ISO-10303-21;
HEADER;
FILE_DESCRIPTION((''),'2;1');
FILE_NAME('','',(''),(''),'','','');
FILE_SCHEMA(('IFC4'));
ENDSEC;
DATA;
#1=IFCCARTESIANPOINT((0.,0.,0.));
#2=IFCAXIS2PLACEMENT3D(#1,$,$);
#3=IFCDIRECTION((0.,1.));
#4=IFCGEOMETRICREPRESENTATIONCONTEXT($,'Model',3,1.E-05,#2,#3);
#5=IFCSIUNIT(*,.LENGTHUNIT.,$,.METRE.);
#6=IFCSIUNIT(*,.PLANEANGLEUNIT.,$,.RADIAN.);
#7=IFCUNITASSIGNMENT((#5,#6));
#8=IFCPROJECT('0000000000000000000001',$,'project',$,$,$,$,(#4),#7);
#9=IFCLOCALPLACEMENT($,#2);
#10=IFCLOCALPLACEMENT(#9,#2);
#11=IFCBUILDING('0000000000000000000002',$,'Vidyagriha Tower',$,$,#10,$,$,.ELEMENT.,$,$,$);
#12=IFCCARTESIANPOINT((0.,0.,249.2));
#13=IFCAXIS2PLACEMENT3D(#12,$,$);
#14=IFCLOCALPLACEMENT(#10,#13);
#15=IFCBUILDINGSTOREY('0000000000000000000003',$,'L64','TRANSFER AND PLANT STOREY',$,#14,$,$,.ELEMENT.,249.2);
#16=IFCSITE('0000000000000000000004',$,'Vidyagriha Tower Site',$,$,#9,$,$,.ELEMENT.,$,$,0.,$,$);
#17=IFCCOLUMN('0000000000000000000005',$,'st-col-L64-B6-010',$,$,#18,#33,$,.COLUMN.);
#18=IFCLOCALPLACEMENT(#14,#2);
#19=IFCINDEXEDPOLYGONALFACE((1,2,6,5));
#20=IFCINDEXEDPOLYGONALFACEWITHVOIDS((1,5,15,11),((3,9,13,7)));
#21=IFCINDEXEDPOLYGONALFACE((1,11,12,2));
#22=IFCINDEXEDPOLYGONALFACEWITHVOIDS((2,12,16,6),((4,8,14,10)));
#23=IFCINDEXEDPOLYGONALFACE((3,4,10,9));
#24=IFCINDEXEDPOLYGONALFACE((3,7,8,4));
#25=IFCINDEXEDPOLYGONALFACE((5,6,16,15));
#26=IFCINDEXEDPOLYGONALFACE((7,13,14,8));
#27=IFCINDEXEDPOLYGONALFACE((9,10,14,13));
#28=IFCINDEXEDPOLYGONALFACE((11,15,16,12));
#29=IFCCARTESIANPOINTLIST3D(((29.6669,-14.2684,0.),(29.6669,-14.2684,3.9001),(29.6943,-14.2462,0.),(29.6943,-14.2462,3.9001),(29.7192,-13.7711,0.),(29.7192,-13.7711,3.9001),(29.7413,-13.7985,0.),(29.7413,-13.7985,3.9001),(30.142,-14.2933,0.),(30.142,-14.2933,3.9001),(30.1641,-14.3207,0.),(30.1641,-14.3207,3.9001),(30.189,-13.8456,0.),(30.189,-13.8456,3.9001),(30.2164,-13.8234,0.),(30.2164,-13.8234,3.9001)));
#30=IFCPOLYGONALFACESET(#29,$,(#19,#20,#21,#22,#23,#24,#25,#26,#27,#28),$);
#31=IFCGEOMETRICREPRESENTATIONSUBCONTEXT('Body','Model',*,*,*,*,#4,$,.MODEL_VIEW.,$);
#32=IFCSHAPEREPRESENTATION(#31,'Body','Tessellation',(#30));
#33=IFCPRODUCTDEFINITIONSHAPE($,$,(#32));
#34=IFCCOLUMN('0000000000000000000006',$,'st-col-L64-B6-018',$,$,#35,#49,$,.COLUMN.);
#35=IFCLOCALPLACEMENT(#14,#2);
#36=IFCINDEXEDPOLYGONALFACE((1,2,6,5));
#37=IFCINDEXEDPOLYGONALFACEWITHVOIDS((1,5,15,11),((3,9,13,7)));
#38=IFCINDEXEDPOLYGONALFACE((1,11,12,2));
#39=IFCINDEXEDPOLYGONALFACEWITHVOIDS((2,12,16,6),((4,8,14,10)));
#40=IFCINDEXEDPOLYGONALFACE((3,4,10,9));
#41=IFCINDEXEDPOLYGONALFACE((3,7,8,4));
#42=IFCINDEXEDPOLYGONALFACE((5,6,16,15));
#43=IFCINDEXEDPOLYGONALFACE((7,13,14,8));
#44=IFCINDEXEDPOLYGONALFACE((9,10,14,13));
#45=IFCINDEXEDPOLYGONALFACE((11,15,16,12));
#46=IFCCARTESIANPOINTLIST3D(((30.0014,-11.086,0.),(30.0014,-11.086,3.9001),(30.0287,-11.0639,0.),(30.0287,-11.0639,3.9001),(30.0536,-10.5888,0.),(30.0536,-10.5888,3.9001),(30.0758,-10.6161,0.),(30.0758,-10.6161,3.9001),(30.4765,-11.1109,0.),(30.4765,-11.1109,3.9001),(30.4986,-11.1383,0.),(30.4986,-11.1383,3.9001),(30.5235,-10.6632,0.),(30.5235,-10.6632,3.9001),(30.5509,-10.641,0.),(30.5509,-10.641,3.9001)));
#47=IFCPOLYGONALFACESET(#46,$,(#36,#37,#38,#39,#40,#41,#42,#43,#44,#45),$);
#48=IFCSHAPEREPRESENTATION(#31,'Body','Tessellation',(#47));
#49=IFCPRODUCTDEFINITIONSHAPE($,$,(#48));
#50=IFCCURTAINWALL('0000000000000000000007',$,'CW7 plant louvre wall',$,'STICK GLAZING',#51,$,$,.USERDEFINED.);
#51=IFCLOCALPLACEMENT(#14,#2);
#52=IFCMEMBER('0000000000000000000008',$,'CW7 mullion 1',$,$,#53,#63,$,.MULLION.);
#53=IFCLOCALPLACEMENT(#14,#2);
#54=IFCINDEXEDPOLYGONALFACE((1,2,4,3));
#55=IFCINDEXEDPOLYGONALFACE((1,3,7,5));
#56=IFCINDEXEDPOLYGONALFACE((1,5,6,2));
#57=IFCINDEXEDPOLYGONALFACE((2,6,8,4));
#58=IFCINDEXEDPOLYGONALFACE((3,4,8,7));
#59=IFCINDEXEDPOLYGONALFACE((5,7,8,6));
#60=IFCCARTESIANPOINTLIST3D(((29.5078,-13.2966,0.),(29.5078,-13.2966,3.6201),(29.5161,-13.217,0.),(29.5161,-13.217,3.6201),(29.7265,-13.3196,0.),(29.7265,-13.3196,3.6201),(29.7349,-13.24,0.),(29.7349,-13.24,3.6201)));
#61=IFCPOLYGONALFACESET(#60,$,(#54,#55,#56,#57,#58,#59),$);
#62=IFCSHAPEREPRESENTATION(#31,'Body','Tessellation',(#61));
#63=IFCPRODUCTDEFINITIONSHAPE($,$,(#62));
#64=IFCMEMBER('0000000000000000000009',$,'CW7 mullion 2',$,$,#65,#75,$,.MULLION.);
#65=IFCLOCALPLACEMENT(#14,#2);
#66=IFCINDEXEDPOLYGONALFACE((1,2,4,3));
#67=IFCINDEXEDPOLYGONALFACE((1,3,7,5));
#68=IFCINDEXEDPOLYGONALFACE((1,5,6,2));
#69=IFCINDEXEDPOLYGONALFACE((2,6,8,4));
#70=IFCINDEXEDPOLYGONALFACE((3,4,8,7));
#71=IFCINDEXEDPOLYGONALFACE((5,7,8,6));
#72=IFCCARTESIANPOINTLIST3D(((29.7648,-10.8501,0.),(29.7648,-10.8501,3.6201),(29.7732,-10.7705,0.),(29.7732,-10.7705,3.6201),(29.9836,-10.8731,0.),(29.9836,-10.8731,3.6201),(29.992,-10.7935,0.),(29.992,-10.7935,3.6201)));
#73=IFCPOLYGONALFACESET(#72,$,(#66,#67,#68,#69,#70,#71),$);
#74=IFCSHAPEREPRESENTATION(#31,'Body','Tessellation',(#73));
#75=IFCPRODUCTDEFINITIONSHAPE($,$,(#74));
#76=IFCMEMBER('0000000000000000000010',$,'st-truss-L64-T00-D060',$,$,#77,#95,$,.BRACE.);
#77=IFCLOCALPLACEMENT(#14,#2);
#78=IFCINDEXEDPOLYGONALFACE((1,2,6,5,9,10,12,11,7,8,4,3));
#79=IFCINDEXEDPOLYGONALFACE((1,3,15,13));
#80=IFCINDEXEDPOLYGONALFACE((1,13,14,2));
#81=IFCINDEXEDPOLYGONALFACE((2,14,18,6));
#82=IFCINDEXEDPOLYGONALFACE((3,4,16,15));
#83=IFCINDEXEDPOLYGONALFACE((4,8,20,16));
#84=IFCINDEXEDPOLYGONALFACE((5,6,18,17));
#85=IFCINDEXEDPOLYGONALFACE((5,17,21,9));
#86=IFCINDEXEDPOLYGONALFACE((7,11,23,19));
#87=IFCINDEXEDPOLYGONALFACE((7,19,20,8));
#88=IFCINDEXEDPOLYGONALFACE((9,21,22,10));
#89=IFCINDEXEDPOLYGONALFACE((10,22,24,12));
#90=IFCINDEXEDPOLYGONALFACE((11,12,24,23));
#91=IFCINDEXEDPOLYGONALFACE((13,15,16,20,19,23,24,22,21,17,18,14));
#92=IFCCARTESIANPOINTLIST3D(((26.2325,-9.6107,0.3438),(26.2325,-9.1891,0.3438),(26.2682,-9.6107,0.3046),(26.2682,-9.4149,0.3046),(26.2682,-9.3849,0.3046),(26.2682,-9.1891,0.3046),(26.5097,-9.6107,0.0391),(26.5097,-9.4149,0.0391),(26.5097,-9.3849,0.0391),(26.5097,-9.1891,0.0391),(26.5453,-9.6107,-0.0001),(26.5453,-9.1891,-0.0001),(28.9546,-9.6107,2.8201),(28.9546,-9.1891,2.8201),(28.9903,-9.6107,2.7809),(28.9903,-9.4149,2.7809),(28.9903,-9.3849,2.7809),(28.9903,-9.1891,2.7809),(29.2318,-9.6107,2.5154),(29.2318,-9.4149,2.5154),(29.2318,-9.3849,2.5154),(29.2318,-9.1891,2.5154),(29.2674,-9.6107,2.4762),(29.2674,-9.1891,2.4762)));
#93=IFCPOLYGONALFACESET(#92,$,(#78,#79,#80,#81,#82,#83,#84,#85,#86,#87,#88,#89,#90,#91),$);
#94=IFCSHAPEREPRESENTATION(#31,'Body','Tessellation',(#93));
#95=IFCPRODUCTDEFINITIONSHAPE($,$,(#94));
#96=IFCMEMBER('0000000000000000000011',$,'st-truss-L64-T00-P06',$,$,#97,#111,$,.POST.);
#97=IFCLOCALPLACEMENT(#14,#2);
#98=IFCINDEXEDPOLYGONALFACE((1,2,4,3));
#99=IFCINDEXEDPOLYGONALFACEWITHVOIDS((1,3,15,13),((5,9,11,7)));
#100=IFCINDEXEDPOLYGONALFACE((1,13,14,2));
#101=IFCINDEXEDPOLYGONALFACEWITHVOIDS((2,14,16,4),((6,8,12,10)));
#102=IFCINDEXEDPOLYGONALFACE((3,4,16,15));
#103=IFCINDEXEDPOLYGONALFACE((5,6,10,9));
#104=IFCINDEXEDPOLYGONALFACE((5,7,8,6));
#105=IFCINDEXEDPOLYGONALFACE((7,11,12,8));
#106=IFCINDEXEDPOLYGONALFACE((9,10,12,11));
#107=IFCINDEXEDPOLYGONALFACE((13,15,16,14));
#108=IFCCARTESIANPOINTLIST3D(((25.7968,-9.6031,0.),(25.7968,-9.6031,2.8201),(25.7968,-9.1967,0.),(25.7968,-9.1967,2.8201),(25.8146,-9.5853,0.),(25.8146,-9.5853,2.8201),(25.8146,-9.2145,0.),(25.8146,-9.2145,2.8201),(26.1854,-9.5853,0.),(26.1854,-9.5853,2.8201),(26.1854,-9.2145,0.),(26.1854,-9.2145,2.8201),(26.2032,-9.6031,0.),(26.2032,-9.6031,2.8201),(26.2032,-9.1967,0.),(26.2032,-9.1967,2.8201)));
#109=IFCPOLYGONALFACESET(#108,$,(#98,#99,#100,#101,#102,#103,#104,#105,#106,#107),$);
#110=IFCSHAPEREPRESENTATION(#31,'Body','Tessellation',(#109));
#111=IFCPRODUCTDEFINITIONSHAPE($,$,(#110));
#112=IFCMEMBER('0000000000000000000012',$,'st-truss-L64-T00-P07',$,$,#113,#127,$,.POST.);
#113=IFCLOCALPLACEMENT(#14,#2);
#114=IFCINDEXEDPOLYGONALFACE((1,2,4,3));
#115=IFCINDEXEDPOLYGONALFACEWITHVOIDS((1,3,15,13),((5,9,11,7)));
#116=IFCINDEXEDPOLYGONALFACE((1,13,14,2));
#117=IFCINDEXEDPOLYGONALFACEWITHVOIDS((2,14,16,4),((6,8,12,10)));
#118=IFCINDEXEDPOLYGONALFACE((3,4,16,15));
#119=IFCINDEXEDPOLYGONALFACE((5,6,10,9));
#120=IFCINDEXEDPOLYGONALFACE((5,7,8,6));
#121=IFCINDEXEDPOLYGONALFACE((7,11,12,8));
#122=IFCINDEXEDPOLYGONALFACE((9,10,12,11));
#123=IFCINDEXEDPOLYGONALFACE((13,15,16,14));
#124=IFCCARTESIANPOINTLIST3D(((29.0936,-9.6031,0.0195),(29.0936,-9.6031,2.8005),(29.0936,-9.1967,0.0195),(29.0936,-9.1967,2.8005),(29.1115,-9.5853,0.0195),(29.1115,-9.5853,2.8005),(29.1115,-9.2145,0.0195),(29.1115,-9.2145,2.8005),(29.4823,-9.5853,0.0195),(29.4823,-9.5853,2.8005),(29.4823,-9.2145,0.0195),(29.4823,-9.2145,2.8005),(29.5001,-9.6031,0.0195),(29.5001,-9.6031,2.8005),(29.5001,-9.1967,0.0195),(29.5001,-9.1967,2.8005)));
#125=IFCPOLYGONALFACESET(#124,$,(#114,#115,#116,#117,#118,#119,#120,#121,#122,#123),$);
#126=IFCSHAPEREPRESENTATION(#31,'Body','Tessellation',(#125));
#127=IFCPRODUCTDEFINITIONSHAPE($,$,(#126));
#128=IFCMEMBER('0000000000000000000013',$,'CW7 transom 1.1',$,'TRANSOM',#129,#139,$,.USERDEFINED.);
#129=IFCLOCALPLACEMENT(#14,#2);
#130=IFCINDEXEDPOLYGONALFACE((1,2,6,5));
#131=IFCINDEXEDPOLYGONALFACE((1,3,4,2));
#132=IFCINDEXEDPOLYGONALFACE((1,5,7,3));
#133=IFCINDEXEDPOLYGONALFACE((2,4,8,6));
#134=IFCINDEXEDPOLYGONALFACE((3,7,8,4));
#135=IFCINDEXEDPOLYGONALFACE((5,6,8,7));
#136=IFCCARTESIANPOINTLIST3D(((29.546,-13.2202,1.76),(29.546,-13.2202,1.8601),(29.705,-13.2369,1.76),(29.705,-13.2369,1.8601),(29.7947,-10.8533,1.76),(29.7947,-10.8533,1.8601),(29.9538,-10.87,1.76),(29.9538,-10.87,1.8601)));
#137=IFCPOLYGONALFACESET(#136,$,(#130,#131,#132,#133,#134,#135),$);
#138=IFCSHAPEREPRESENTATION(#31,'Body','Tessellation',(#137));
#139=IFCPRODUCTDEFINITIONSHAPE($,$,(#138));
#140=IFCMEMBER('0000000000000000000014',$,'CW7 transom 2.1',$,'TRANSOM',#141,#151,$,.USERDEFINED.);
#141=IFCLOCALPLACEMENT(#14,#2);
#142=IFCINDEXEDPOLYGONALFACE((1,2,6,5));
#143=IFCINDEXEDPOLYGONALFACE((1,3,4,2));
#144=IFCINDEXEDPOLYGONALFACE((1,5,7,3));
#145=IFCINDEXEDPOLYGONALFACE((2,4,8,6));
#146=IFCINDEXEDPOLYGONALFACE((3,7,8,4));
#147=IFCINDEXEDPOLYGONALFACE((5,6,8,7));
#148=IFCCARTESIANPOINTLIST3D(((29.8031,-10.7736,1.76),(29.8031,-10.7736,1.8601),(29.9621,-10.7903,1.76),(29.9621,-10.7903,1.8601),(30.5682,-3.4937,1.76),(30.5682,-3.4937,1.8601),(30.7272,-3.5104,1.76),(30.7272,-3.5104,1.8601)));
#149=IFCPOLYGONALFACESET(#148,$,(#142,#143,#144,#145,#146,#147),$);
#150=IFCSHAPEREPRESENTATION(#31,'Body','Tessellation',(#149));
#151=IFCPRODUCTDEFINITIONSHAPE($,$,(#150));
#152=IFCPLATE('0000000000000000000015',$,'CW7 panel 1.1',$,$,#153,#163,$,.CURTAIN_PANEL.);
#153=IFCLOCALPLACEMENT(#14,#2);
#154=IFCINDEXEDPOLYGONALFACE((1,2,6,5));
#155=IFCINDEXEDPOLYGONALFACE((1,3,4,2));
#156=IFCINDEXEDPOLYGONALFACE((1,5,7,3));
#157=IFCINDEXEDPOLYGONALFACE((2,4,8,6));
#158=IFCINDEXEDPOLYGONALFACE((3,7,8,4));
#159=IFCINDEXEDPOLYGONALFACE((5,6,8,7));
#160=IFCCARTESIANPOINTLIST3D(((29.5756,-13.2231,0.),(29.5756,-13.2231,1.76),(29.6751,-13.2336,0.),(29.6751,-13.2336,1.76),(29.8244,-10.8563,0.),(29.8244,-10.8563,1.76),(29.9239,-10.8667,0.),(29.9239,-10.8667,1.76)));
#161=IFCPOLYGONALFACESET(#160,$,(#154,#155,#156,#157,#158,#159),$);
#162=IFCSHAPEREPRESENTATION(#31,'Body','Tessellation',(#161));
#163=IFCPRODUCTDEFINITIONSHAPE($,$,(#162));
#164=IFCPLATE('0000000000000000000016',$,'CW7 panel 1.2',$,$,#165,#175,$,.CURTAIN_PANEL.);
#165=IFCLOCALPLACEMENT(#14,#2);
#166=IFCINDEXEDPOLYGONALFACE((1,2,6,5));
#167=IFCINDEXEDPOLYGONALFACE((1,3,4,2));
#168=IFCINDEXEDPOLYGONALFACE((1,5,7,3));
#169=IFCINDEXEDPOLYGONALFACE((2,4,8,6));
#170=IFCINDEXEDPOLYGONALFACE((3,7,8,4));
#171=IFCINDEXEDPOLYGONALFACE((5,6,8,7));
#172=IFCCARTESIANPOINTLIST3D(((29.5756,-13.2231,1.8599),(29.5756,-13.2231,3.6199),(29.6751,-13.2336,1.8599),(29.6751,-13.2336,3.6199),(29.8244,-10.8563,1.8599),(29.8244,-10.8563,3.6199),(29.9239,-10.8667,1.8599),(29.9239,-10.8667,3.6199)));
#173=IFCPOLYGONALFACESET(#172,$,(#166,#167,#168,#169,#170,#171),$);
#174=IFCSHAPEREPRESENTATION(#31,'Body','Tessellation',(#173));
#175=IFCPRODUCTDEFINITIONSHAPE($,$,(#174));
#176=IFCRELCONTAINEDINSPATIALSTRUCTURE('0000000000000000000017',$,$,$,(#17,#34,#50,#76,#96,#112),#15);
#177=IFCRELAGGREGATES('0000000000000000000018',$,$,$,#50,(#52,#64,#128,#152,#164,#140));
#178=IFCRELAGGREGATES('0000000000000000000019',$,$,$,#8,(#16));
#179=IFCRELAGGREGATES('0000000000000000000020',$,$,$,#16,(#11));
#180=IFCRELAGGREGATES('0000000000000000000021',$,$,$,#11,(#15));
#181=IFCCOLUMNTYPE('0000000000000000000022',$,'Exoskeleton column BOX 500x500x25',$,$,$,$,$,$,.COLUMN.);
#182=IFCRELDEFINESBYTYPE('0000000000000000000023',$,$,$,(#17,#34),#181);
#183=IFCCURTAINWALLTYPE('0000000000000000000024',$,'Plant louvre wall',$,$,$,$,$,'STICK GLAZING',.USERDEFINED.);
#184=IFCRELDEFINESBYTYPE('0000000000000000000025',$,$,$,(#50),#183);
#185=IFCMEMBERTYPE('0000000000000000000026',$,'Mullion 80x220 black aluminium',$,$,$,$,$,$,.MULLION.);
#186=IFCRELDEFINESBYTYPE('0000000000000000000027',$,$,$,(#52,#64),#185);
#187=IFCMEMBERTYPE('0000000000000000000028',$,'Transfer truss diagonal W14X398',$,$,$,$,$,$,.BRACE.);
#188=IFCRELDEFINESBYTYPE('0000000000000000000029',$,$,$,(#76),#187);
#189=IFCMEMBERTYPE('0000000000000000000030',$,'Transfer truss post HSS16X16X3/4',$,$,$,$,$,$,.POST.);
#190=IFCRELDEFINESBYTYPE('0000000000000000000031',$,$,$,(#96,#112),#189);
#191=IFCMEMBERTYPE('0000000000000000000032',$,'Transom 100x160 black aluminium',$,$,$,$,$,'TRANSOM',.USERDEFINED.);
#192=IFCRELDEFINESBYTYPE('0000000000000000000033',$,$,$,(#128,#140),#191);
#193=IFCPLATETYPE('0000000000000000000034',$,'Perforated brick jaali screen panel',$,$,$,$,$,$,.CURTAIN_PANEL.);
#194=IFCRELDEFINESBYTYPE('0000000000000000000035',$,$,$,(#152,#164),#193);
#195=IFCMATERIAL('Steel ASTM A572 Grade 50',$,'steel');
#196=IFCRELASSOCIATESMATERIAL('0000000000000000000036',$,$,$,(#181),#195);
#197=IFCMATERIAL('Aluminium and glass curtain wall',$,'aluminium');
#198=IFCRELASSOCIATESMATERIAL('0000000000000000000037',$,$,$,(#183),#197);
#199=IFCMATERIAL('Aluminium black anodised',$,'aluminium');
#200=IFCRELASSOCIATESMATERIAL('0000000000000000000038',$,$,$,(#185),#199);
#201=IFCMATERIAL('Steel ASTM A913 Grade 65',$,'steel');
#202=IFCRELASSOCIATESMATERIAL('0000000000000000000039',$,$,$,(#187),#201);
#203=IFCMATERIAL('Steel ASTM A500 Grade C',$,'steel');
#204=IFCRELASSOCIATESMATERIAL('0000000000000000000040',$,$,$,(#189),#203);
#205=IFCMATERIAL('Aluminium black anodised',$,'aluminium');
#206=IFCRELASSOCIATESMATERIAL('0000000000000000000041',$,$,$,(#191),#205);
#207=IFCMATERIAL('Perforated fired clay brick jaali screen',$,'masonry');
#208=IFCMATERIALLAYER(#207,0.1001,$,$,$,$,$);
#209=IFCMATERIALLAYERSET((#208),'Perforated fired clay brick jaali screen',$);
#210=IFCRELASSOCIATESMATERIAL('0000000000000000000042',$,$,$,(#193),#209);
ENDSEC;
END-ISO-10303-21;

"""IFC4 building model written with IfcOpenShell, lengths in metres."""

from ifc_helpers import new_model, si_unit, direction, frame, origin, origin_2d, place, context, subcontext, project, spatial, rectangle, hollow_rectangle, i_section, extrude, material, layer, layer_set, material_profile, profile_set, type_object, element, aggregate, save


model = new_model("IFC4")

# Units and contexts
model_context = context("Model", 3, precision=1e-05, world=origin(), true_north=direction((0.0, 1.0)))
body_context = subcontext(model_context, "Body", "Model", "MODEL_VIEW")
ifc_project = project(units=[si_unit("LENGTHUNIT", "METRE"), si_unit("PLANEANGLEUNIT", "RADIAN")], contexts=[model_context])

# Site, building, storey
site_placement = place(None, origin())
site = spatial("IfcSite", under=ifc_project, at=site_placement, Name="Vidyagriha Tower Site", CompositionType="ELEMENT", RefElevation=0.0)
building_placement = place(site_placement, origin())
building = spatial("IfcBuilding", under=site, at=building_placement, Name="Vidyagriha Tower", CompositionType="ELEMENT")
storey_placement = place(building_placement, frame((0.0, 0.0, 249.2)))
storey = spatial("IfcBuildingStorey", under=building, at=storey_placement, Name="L64", Description="TRANSFER AND PLANT STOREY", CompositionType="ELEMENT", Elevation=249.2)

# Columns
ifc_material_1 = material(Name="Steel ASTM A572 Grade 50", Category="steel")
ifc_material_profile_1 = material_profile(ifc_material_1, hollow_rectangle(XDim=0.5, YDim=0.5, WallThickness=0.0249, at=origin_2d()), Name="BOX 500x500x25")
ifc_profile_set_1 = profile_set([ifc_material_profile_1], Name="Steel ASTM A572 Grade 50")
column_type = type_object("IfcColumnType", Name="Exoskeleton column BOX 500x500x25", PredefinedType="COLUMN", material=ifc_profile_set_1)
for number, where, z_axis, x_axis, name in (
    (1, (29.9417, -14.0459, 0.0), (0.0, 0.0, 1.0), (0.994522, -0.104528, 0.0), "st-col-L64-B6-010"),
    (2, (30.2761, -10.8635, 0.0), (0.0, 0.0, 1.0), (0.994522, -0.104528, 0.0), "st-col-L64-B6-018"),
):
    element("IfcColumn", number, at=place(storey_placement, frame(where, z_axis=z_axis, x_axis=x_axis)), inside=storey, type_object=column_type, Name=name, PredefinedType="COLUMN", context=body_context, shape_type="SweptSolid", body=[
        extrude(hollow_rectangle(XDim=0.5, YDim=0.5, WallThickness=0.0249, at=origin_2d()), origin(), (0.0, 0.0, 1.0), 3.9001),
    ])

# Curtain wall, members
ifc_material_2 = material(Name="Aluminium and glass curtain wall", Category="aluminium")
curtain_wall_type = type_object("IfcCurtainWallType", Name="Plant louvre wall", ElementType="STICK GLAZING", PredefinedType="USERDEFINED", material=ifc_material_2)
curtain_wall_placement = place(storey_placement, origin())
curtain_wall = element("IfcCurtainWall", 3, at=curtain_wall_placement, inside=storey, type_object=curtain_wall_type, Name="CW7 plant louvre wall", ObjectType="STICK GLAZING", PredefinedType="USERDEFINED")
ifc_material_3 = material(Name="Aluminium black anodised", Category="aluminium")
ifc_material_profile_2 = material_profile(ifc_material_3, rectangle(XDim=0.22, YDim=0.0801, at=origin_2d()), Name="Mullion 80x220 black aluminium")
ifc_profile_set_2 = profile_set([ifc_material_profile_2], Name="Aluminium black anodised")
member_type_1 = type_object("IfcMemberType", Name="Mullion 80x220 black aluminium", PredefinedType="MULLION", material=ifc_profile_set_2)
member_1_placement = place(storey_placement, frame((29.6213, -13.2683, 0.0), z_axis=(0.0, 0.0, 1.0), x_axis=(-0.994522, 0.104527, 0.0)))
member_1 = element("IfcMember", 4, at=member_1_placement, type_object=member_type_1, Name="CW7 mullion 1", PredefinedType="MULLION", context=body_context, shape_type="SweptSolid", body=[
    extrude(rectangle(XDim=0.22, YDim=0.0801, at=origin_2d()), origin(), (0.0, 0.0, 1.0), 3.6201),
])
member_2_placement = place(storey_placement, frame((29.8784, -10.8218, 0.0), z_axis=(0.0, 0.0, 1.0), x_axis=(-0.994522, 0.104527, 0.0)))
member_2 = element("IfcMember", 5, at=member_2_placement, type_object=member_type_1, Name="CW7 mullion 2", PredefinedType="MULLION", context=body_context, shape_type="SweptSolid", body=[
    extrude(rectangle(XDim=0.22, YDim=0.0801, at=origin_2d()), origin(), (0.0, 0.0, 1.0), 3.6201),
])

# Members
ifc_material_4 = material(Name="Steel ASTM A913 Grade 65", Category="steel")
ifc_material_profile_3 = material_profile(ifc_material_4, i_section(OverallWidth=0.4216, OverallDepth=0.4648, WebThickness=0.03, FlangeThickness=0.053, at=origin_2d()), Name="W14X398")
ifc_profile_set_3 = profile_set([ifc_material_profile_3], Name="Steel ASTM A913 Grade 65")
member_type_2 = type_object("IfcMemberType", Name="Transfer truss diagonal W14X398", PredefinedType="BRACE", material=ifc_profile_set_3)
member_3_placement = place(storey_placement, frame((26.3889, -9.3999, 0.1719), z_axis=(0.739721, 0.0, 0.672914), x_axis=(0.0, 1.0, 0.0)))
element("IfcMember", 6, at=member_3_placement, inside=storey, type_object=member_type_2, Name="st-truss-L64-T00-D060", PredefinedType="BRACE", context=body_context, shape_type="SweptSolid", body=[
    extrude(i_section(OverallWidth=0.4216, OverallDepth=0.4648, WebThickness=0.03, FlangeThickness=0.053, at=origin_2d()), origin(), (0.0, 0.0, 1.0), 3.6799),
])
ifc_material_5 = material(Name="Steel ASTM A500 Grade C", Category="steel")
ifc_material_profile_4 = material_profile(ifc_material_5, hollow_rectangle(XDim=0.4065, YDim=0.4065, WallThickness=0.0178, at=origin_2d()), Name="HSS16X16X3/4")
ifc_profile_set_4 = profile_set([ifc_material_profile_4], Name="Steel ASTM A500 Grade C")
member_type_3 = type_object("IfcMemberType", Name="Transfer truss post HSS16X16X3/4", PredefinedType="POST", material=ifc_profile_set_4)
member_4_placement = place(storey_placement, frame((26.0, -9.3999, 0.0)))
element("IfcMember", 7, at=member_4_placement, inside=storey, type_object=member_type_3, Name="st-truss-L64-T00-P06", PredefinedType="POST", context=body_context, shape_type="SweptSolid", body=[
    extrude(hollow_rectangle(XDim=0.4065, YDim=0.4065, WallThickness=0.0178, at=origin_2d()), origin(), (0.0, 0.0, 1.0), 2.8201),
])
member_5_placement = place(storey_placement, frame((29.2969, -9.3999, 0.0195)))
element("IfcMember", 8, at=member_5_placement, inside=storey, type_object=member_type_3, Name="st-truss-L64-T00-P07", PredefinedType="POST", context=body_context, shape_type="SweptSolid", body=[
    extrude(hollow_rectangle(XDim=0.4065, YDim=0.4065, WallThickness=0.0178, at=origin_2d()), origin(), (0.0, 0.0, 1.0), 2.781),
])

# Members
ifc_material_6 = material(Name="Aluminium black anodised", Category="aluminium")
ifc_material_profile_5 = material_profile(ifc_material_6, rectangle(XDim=0.1599, YDim=0.1001, at=origin_2d()), Name="Transom 100x160 black aluminium")
ifc_profile_set_5 = profile_set([ifc_material_profile_5], Name="Aluminium black anodised")
member_type_4 = type_object("IfcMemberType", Name="Transom 100x160 black aluminium", ElementType="TRANSOM", PredefinedType="USERDEFINED", material=ifc_profile_set_5)
member_6_placement = place(storey_placement, frame((29.6255, -13.2285, 1.8101), z_axis=(0.10453, 0.994522, 0.0), x_axis=(-0.994522, 0.10453, 0.0)))
member_6 = element("IfcMember", 9, at=member_6_placement, type_object=member_type_4, Name="CW7 transom 1.1", ObjectType="TRANSOM", PredefinedType="USERDEFINED", context=body_context, shape_type="SweptSolid", body=[
    extrude(rectangle(XDim=0.1599, YDim=0.1001, at=origin_2d()), origin(), (0.0, 0.0, 1.0), 2.3799),
])
member_7_placement = place(storey_placement, frame((29.8826, -10.782, 1.8101), z_axis=(0.104525, 0.994522, 0.0), x_axis=(-0.994522, 0.104525, 0.0)))
member_7 = element("IfcMember", 10, at=member_7_placement, type_object=member_type_4, Name="CW7 transom 2.1", ObjectType="TRANSOM", PredefinedType="USERDEFINED", context=body_context, shape_type="SweptSolid", body=[
    extrude(rectangle(XDim=0.1599, YDim=0.1001, at=origin_2d()), origin(), (0.0, 0.0, 1.0), 7.3201),
])

# Plates
ifc_material_7 = material(Name="Perforated fired clay brick jaali screen", Category="masonry")
ifc_layer_1 = layer(ifc_material_7, 0.1001)
ifc_layer_set_1 = layer_set([ifc_layer_1], Name="Perforated fired clay brick jaali screen")
plate_type = type_object("IfcPlateType", Name="Perforated brick jaali screen panel", PredefinedType="CURTAIN_PANEL", material=ifc_layer_set_1)
plate_1_placement = place(storey_placement, frame((29.7498, -12.0449, 0.0), z_axis=(0.0, 0.0, 1.0), x_axis=(0.104527, 0.994522, 0.0)))
plate_1 = element("IfcPlate", 11, at=plate_1_placement, type_object=plate_type, Name="CW7 panel 1.1", PredefinedType="CURTAIN_PANEL", context=body_context, shape_type="SweptSolid", body=[
    extrude(rectangle(XDim=2.3799, YDim=0.1001, at=origin_2d()), origin(), (0.0, 0.0, 1.0), 1.76),
])
plate_2_placement = place(storey_placement, frame((29.7498, -12.0449, 1.8599), z_axis=(0.0, 0.0, 1.0), x_axis=(0.104527, 0.994522, 0.0)))
plate_2 = element("IfcPlate", 12, at=plate_2_placement, type_object=plate_type, Name="CW7 panel 1.2", PredefinedType="CURTAIN_PANEL", context=body_context, shape_type="SweptSolid", body=[
    extrude(rectangle(XDim=2.3799, YDim=0.1001, at=origin_2d()), origin(), (0.0, 0.0, 1.0), 1.76),
])
aggregate(curtain_wall, [member_1, member_2, member_6, plate_1, plate_2, member_7])

save(model, "model.ifc")
